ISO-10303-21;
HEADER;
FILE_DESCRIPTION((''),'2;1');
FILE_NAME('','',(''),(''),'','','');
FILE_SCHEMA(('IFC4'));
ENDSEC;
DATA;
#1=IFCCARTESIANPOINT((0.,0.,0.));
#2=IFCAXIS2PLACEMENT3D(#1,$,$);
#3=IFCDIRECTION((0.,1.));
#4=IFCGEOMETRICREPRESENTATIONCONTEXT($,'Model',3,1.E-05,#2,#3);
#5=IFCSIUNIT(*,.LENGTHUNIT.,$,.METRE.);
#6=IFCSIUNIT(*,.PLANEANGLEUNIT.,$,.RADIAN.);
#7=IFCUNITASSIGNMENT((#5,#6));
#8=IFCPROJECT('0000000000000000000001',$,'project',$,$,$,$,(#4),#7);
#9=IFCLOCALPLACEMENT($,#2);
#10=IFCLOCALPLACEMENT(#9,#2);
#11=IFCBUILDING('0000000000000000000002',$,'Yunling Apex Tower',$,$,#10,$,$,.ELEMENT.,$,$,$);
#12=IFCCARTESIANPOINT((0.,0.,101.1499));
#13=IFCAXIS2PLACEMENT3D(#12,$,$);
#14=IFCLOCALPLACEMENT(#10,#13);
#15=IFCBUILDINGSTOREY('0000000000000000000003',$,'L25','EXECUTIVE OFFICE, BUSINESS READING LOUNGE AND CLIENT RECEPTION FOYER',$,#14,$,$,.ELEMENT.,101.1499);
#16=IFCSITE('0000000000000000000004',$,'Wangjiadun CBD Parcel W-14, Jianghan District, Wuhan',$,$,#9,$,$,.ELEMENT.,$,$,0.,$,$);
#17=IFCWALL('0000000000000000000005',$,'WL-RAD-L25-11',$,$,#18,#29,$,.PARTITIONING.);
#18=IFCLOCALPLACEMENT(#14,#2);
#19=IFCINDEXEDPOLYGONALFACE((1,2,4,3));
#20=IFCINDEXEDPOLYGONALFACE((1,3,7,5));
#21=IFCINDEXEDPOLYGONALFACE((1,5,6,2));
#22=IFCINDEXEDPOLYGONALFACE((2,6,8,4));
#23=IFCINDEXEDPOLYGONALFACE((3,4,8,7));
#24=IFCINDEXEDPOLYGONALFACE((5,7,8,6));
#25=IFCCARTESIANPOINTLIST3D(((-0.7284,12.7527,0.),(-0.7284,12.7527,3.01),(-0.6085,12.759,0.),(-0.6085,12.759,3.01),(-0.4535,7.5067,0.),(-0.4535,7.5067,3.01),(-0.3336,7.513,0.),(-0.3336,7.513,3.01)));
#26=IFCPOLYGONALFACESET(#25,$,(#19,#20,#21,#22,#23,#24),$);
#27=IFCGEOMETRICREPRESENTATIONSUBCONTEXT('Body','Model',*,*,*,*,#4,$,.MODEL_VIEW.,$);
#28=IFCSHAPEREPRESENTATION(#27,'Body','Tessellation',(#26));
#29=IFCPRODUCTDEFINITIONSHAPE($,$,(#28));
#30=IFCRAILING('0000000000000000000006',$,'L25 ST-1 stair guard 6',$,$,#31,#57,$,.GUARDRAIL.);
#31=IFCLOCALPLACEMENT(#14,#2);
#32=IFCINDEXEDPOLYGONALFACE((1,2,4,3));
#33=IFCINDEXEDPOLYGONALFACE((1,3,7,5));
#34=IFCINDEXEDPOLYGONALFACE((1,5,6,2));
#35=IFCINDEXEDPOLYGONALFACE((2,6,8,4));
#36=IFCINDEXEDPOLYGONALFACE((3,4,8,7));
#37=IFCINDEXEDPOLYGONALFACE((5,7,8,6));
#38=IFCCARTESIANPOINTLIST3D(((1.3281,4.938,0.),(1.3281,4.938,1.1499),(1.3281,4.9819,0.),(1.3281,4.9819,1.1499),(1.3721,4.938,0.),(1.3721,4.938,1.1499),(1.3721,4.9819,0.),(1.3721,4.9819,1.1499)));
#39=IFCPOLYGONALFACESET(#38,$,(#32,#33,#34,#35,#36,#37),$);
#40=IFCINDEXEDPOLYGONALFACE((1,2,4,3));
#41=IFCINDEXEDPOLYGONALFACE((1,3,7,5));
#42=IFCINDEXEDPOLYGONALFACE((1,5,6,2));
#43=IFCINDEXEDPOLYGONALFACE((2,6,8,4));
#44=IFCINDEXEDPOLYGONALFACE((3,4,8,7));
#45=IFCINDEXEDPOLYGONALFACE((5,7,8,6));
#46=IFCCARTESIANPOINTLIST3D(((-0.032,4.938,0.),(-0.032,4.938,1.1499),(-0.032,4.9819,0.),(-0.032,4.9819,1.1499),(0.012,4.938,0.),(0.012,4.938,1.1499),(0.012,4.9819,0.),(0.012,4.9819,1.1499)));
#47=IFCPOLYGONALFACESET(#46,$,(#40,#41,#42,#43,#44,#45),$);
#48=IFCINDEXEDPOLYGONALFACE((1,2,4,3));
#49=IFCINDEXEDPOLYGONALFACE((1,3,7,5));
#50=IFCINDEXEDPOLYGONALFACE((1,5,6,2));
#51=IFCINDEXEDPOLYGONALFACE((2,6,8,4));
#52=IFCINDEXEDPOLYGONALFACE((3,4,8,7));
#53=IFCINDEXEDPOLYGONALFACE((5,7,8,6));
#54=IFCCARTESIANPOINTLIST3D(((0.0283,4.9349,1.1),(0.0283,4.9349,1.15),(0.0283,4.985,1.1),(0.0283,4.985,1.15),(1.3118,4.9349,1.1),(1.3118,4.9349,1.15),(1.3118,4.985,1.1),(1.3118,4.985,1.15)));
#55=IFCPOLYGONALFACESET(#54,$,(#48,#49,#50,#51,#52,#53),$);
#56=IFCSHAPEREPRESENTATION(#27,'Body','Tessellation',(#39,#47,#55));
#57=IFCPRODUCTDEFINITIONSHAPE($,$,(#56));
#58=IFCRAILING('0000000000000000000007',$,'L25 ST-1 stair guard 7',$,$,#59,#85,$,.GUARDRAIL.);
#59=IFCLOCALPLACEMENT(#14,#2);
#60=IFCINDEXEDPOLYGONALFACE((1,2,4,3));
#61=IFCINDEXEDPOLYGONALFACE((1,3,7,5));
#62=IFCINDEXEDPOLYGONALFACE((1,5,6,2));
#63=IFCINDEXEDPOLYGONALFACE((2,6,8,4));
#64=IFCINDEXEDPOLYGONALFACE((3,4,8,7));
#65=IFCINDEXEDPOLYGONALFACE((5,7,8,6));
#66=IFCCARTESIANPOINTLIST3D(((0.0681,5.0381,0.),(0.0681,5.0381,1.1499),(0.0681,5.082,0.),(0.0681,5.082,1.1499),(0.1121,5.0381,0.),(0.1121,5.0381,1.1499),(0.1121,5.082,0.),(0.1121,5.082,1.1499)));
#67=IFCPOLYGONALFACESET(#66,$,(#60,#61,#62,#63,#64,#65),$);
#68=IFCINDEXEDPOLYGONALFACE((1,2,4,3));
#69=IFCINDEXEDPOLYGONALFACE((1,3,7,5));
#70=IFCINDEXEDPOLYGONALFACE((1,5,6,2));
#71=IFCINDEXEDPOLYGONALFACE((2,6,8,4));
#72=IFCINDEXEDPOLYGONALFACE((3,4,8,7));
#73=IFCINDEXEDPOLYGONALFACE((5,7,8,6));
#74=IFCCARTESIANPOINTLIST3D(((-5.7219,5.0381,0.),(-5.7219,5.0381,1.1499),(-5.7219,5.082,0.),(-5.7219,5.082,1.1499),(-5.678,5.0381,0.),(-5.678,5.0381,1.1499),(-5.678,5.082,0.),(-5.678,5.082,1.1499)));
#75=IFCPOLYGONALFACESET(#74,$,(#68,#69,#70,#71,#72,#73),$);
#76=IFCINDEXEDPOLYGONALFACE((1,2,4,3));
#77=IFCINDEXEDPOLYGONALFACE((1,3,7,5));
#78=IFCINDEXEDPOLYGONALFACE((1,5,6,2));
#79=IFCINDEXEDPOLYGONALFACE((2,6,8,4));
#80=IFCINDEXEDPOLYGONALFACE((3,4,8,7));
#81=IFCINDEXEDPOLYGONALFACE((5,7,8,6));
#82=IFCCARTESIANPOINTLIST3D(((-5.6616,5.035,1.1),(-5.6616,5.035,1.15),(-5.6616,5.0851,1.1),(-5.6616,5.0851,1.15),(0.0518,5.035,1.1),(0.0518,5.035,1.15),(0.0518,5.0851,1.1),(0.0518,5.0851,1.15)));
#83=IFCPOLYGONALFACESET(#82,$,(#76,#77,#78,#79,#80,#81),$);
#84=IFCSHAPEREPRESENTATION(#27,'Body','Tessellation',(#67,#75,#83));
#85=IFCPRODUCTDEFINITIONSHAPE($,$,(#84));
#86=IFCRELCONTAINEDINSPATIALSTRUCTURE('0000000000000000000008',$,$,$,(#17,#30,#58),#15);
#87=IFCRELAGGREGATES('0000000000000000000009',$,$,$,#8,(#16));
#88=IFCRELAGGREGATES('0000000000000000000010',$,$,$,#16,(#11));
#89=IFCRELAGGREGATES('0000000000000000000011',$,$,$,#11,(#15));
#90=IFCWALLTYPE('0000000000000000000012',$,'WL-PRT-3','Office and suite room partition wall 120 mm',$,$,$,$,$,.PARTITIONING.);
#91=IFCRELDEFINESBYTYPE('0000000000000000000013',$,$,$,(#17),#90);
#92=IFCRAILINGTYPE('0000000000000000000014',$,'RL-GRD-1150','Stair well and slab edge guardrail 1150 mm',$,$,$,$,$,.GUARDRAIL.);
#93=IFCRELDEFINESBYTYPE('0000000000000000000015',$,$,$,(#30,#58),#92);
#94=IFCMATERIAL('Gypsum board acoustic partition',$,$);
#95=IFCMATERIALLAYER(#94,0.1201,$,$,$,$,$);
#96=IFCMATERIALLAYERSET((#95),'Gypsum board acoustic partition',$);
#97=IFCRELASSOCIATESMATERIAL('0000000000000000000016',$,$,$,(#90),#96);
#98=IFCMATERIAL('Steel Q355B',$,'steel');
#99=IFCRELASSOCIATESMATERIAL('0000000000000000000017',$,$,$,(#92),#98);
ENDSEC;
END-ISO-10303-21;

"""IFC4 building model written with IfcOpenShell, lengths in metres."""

from ifc_helpers import new_model, si_unit, direction, frame, frame_2d, origin, origin_2d, place, context, subcontext, project, spatial, rectangle, extrude, material, layer, layer_set, type_object, element, save


model = new_model("IFC4")

# Units and contexts
model_context = context("Model", 3, precision=1e-05, world=origin(), true_north=direction((0.0, 1.0)))
body_context = subcontext(model_context, "Body", "Model", "MODEL_VIEW")
ifc_project = project(units=[si_unit("LENGTHUNIT", "METRE"), si_unit("PLANEANGLEUNIT", "RADIAN")], contexts=[model_context])

# Site, building, storey
site_placement = place(None, origin())
site = spatial("IfcSite", under=ifc_project, at=site_placement, Name="Wangjiadun CBD Parcel W-14, Jianghan District, Wuhan", CompositionType="ELEMENT", RefElevation=0.0)
building_placement = place(site_placement, origin())
building = spatial("IfcBuilding", under=site, at=building_placement, Name="Yunling Apex Tower", CompositionType="ELEMENT")
storey_placement = place(building_placement, frame((0.0, 0.0, 101.1499)))
storey = spatial("IfcBuildingStorey", under=building, at=storey_placement, Name="L25", Description="EXECUTIVE OFFICE, BUSINESS READING LOUNGE AND CLIENT RECEPTION FOYER", CompositionType="ELEMENT", Elevation=101.1499)

# Shared definitions
ifc_material_1 = material(Name="Steel Q355B", Category="steel")

# Wall
ifc_material_2 = material(Name="Gypsum board acoustic partition")
ifc_layer_1 = layer(ifc_material_2, 0.1201)
ifc_layer_set_1 = layer_set([ifc_layer_1], Name="Gypsum board acoustic partition")
wall_type_1 = type_object("IfcWallType", Name="WL-PRT-3", Description="Office and suite room partition wall 120 mm", PredefinedType="PARTITIONING", material=ifc_layer_set_1)
wall_1_placement = place(storey_placement, frame((-0.3936, 7.51, 0.0), z_axis=(0.0, 0.0, 1.0), x_axis=(-0.05233, 0.99863, 0.0)))
element("IfcWall", 1, at=wall_1_placement, inside=storey, type_object=wall_type_1, Name="WL-RAD-L25-11", PredefinedType="PARTITIONING", context=body_context, shape_type="SweptSolid", body=[
    extrude(rectangle(XDim=5.2532, YDim=0.1201, at=frame_2d((2.6265, 0.0))), origin(), (0.0, 0.0, 1.0), 3.01),
])

# Railings
railing_type = type_object("IfcRailingType", Name="RL-GRD-1150", Description="Stair well and slab edge guardrail 1150 mm", PredefinedType="GUARDRAIL", material=ifc_material_1)
railing_1_placement = place(storey_placement, frame((1.3501, 4.96, 0.0)))
element("IfcRailing", 2, at=railing_1_placement, inside=storey, type_object=railing_type, Name="L25 ST-1 stair guard 6", PredefinedType="GUARDRAIL", context=body_context, shape_type="SweptSolid", body=[
    extrude(rectangle(XDim=0.0439, YDim=0.0439, at=origin_2d()), origin(), (0.0, 0.0, 1.0), 1.1499),
    extrude(rectangle(XDim=0.0439, YDim=0.0439, at=origin_2d()), frame((-1.3601, 0.0, 0.0)), (0.0, 0.0, 1.0), 1.1499),
    extrude(rectangle(XDim=0.05, YDim=0.05, at=origin_2d()), frame((-0.0383, 0.0, 1.125), z_axis=(-1.0, 0.0, 0.0), x_axis=(0.0, -1.0, 0.0)), (0.0, 0.0, 1.0), 1.2834),
])
railing_2_placement = place(storey_placement, frame((0.0901, 5.0601, 0.0)))
element("IfcRailing", 3, at=railing_2_placement, inside=storey, type_object=railing_type, Name="L25 ST-1 stair guard 7", PredefinedType="GUARDRAIL", context=body_context, shape_type="SweptSolid", body=[
    extrude(rectangle(XDim=0.0439, YDim=0.0439, at=origin_2d()), origin(), (0.0, 0.0, 1.0), 1.1499),
    extrude(rectangle(XDim=0.0439, YDim=0.0439, at=origin_2d()), frame((-5.79, 0.0, 0.0)), (0.0, 0.0, 1.0), 1.1499),
    extrude(rectangle(XDim=0.05, YDim=0.05, at=origin_2d()), frame((-0.0383, 0.0, 1.125), z_axis=(-1.0, 0.0, 0.0), x_axis=(0.0, -1.0, 0.0)), (0.0, 0.0, 1.0), 5.7134),
])

save(model, "model.ifc")
